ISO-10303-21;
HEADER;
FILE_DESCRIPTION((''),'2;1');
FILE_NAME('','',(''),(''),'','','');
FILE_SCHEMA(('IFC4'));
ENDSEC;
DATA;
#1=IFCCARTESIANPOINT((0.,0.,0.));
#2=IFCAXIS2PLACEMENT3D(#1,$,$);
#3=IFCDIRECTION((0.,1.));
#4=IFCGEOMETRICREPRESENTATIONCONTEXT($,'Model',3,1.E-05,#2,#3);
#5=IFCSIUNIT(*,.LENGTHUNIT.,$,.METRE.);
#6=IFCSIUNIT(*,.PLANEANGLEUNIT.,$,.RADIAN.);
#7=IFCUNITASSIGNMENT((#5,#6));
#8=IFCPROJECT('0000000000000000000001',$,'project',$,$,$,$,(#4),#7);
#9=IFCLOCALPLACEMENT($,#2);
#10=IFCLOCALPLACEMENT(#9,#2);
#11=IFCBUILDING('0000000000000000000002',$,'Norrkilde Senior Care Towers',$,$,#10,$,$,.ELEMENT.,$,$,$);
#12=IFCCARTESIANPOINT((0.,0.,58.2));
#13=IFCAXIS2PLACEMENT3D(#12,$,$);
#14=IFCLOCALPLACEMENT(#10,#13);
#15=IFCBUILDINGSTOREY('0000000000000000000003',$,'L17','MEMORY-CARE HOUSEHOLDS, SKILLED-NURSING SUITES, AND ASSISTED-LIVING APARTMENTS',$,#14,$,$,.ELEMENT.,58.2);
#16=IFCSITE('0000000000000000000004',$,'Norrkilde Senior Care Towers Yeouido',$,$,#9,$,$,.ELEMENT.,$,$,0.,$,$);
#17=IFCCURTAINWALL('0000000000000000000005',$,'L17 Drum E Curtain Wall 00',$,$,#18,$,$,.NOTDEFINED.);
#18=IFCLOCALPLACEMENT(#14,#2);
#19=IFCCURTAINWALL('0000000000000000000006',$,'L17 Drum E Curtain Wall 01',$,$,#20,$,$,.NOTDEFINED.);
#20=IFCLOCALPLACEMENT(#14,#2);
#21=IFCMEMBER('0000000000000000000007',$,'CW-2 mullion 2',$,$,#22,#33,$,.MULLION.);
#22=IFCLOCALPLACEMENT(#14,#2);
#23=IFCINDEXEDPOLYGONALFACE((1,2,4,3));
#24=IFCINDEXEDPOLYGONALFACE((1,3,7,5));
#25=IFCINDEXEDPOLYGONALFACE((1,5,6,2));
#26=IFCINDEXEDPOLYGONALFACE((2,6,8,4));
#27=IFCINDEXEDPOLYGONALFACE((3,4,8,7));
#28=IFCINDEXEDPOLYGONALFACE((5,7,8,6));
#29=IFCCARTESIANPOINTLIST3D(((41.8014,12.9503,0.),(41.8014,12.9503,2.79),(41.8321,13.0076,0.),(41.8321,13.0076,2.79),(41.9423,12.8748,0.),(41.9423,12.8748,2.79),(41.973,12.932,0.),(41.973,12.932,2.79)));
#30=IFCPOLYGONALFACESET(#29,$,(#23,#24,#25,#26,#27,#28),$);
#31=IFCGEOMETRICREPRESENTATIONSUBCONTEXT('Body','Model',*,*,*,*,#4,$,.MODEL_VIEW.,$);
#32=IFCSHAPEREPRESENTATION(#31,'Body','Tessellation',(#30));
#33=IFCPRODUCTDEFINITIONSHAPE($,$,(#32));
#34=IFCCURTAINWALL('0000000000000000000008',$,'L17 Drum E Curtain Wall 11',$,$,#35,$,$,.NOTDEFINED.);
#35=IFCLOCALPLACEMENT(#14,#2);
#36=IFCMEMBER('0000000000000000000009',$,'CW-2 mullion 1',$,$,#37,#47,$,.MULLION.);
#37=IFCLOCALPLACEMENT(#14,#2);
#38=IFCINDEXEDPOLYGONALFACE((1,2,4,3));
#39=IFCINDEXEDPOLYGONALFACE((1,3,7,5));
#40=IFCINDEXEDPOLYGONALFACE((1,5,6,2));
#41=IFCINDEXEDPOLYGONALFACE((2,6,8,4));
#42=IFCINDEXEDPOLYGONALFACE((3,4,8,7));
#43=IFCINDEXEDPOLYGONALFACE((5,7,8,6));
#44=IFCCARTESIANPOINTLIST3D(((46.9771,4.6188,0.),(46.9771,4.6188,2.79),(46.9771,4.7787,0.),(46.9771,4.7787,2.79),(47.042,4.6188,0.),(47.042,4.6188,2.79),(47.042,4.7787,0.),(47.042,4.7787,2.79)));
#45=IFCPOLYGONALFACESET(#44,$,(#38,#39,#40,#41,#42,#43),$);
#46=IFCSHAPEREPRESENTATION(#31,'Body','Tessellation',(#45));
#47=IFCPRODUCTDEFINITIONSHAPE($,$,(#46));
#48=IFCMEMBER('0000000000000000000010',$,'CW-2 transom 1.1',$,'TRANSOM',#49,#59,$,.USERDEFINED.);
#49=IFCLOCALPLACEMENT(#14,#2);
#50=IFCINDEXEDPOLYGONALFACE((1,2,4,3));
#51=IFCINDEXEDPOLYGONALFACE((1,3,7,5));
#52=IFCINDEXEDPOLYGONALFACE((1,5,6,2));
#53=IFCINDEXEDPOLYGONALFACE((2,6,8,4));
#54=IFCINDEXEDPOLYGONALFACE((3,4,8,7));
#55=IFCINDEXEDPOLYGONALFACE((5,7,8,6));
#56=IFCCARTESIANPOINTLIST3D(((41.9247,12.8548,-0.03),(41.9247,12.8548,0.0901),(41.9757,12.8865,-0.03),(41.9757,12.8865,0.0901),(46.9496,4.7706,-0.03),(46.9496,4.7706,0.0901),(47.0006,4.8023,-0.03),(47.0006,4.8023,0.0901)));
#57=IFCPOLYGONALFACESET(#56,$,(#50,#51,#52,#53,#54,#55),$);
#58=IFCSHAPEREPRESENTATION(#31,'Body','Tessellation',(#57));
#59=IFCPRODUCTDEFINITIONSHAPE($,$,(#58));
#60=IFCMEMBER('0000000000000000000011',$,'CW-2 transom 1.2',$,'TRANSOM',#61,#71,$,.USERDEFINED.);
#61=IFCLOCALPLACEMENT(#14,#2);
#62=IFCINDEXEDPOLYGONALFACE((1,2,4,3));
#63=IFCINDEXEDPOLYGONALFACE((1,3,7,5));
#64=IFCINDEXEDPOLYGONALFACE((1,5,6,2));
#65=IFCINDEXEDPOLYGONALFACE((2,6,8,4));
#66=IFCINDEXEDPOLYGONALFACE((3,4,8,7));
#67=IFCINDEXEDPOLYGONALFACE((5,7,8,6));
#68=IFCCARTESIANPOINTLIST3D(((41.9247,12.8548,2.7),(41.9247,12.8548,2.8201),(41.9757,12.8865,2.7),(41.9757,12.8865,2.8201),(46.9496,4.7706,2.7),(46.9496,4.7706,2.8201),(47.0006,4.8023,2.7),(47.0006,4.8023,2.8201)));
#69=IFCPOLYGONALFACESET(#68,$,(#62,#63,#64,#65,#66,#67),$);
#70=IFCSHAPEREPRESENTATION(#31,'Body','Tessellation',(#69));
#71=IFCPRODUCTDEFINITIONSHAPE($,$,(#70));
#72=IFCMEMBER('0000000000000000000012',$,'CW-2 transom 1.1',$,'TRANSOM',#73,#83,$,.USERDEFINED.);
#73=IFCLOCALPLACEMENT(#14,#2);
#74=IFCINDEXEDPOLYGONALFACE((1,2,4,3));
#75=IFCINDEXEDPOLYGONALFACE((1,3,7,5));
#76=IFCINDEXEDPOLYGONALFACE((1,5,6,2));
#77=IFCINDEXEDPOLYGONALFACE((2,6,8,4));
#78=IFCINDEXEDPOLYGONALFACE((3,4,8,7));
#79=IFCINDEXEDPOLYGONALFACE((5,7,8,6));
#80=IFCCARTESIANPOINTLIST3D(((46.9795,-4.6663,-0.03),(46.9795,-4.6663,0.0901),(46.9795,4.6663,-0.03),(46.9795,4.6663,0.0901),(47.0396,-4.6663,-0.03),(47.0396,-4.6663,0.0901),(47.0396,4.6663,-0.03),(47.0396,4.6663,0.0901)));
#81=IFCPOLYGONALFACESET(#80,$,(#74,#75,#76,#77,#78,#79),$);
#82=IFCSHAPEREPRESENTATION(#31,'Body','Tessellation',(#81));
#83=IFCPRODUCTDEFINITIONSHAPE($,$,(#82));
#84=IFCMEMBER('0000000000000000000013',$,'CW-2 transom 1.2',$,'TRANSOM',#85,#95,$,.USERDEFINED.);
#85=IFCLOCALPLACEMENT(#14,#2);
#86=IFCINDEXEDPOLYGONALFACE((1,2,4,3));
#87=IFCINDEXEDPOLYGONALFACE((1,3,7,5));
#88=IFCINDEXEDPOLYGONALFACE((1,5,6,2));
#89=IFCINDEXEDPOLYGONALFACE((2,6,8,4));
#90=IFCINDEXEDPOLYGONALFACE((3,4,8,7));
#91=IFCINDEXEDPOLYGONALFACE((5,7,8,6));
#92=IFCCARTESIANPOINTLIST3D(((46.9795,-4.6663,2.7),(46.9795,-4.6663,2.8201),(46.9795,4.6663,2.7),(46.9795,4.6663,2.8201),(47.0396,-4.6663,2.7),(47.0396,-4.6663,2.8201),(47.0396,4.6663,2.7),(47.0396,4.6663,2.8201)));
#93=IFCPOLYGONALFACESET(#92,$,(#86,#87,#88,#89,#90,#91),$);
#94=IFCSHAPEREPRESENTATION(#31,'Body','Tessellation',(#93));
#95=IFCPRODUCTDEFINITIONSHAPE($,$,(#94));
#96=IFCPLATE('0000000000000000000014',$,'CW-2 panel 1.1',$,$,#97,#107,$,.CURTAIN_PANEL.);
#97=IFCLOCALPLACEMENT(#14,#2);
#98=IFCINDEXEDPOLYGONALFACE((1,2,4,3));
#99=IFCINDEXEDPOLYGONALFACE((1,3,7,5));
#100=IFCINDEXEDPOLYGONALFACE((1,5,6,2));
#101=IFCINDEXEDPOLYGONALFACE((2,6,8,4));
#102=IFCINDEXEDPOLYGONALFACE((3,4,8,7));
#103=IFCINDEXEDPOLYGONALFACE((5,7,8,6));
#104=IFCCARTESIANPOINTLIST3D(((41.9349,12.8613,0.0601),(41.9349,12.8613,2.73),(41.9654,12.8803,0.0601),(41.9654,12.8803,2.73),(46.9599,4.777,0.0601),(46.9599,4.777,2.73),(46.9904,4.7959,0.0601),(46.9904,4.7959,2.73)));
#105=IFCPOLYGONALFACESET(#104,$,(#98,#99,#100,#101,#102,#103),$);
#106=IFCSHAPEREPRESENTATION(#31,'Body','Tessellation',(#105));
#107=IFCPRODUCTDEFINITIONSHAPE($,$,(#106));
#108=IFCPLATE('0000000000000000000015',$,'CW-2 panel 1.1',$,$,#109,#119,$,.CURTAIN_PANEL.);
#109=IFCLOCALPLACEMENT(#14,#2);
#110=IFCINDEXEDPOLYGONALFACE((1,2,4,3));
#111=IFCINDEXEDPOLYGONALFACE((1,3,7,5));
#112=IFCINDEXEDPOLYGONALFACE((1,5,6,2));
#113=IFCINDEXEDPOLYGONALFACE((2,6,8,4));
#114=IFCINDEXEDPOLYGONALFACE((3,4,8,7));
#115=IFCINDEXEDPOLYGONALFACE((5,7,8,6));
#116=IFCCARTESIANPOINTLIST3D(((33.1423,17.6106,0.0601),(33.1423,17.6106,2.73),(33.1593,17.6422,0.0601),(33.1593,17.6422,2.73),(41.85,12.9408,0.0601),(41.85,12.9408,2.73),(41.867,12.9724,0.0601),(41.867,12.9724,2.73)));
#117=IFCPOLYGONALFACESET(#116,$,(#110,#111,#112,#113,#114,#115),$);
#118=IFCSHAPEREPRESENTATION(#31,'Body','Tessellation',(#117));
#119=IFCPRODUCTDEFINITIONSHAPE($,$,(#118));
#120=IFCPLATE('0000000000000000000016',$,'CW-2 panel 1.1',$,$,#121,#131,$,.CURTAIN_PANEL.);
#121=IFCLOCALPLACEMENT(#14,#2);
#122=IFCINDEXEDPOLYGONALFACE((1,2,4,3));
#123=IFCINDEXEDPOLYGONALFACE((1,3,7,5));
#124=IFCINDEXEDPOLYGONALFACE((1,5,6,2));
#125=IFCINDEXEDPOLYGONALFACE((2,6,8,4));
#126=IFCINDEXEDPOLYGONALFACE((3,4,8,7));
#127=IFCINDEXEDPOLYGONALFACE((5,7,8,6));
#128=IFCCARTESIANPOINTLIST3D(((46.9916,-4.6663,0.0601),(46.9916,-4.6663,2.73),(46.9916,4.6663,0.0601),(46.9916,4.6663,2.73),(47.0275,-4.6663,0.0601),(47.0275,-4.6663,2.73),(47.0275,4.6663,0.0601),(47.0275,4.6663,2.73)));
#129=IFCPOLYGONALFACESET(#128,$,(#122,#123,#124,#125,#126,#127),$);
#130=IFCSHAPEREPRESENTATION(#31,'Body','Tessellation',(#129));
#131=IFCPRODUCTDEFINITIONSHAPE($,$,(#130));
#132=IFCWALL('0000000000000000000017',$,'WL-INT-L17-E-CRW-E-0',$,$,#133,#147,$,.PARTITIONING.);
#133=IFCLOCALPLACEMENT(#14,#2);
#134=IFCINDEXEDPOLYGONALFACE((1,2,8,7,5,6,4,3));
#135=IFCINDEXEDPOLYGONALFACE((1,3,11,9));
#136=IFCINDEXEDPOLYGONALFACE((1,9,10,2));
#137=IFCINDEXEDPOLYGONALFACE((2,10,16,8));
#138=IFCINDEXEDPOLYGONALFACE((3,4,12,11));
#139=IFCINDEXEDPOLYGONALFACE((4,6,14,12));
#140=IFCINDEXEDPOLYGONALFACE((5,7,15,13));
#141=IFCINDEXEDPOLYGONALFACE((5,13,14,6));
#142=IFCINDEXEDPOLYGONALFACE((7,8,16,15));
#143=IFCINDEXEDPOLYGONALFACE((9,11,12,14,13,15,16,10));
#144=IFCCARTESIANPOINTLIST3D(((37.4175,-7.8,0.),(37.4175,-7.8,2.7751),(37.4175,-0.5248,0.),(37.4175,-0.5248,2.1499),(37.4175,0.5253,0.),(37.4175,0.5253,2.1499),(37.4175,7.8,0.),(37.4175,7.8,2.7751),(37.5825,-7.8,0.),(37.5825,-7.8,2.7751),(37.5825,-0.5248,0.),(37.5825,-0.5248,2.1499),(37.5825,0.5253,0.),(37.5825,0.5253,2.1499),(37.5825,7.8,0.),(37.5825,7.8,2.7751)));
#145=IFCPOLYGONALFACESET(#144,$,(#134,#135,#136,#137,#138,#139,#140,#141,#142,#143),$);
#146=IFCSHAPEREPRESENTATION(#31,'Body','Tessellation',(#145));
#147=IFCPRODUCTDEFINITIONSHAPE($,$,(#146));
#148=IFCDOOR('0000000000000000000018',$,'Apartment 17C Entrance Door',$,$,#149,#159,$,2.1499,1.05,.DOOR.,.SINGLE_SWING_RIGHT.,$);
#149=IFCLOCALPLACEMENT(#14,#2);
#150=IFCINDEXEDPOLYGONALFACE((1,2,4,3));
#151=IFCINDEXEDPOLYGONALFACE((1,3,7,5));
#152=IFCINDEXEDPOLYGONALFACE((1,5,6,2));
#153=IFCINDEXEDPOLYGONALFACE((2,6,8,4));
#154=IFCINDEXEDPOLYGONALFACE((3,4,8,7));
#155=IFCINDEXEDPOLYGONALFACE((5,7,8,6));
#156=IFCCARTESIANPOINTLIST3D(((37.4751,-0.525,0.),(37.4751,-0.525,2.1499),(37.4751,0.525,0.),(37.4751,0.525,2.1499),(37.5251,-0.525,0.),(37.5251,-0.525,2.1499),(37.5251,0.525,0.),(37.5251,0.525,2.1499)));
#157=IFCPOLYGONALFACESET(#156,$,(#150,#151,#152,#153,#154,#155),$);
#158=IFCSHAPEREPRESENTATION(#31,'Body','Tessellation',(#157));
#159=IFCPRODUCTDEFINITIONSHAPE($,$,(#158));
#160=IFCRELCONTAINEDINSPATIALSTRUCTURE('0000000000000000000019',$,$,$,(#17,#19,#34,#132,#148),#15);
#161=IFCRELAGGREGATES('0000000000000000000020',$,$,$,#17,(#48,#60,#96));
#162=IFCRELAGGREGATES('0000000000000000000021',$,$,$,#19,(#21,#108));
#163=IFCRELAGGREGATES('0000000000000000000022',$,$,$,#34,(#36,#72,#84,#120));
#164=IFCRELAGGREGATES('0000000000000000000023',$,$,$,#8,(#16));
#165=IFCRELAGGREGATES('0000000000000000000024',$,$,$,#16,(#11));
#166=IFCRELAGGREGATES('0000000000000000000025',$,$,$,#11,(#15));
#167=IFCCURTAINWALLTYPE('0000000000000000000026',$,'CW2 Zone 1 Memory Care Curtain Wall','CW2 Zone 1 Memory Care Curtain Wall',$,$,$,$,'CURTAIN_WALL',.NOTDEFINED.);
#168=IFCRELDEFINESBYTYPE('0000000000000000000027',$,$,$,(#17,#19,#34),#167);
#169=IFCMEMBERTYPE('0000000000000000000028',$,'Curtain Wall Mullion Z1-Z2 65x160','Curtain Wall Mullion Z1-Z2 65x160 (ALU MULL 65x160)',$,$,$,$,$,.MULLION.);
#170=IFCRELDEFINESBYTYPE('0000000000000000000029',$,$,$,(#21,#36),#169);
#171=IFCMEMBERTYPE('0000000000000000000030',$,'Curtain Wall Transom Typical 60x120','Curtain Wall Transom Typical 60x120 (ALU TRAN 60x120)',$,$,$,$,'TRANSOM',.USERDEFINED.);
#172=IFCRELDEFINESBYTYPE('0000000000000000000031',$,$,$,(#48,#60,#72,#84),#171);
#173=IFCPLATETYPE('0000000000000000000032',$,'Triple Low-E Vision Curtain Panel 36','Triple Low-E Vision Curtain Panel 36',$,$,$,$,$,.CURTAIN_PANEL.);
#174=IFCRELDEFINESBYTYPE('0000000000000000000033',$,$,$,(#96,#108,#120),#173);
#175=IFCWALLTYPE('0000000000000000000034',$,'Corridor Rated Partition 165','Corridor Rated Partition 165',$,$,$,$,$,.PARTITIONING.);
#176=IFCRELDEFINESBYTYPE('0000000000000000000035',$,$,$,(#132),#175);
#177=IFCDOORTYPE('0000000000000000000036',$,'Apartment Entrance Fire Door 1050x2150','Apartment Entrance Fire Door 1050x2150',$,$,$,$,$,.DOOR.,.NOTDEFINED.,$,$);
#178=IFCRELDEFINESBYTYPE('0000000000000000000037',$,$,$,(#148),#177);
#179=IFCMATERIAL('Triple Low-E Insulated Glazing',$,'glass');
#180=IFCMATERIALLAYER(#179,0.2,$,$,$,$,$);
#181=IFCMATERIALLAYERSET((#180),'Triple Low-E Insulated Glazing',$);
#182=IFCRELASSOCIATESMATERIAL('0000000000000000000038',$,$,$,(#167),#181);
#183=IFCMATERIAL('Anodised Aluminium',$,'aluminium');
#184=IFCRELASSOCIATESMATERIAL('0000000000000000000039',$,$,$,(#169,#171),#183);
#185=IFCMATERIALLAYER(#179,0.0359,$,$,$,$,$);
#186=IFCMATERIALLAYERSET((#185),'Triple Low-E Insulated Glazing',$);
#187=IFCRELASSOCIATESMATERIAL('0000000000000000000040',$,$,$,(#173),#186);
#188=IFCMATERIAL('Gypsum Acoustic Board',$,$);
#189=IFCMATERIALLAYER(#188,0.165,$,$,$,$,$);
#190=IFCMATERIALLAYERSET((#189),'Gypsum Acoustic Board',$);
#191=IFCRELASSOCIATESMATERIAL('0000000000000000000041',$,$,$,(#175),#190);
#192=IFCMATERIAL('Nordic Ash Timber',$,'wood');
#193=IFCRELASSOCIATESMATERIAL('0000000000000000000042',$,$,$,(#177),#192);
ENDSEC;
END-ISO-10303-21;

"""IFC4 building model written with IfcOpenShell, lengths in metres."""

from ifc_helpers import new_model, si_unit, direction, frame, frame_2d, origin, origin_2d, place, context, subcontext, project, spatial, rectangle, extrude, source, transform, mapped, material, layer, layer_set, material_profile, profile_set, type_object, type_shapes, element, fill, aggregate, save


model = new_model("IFC4")

# Units and contexts
model_context = context("Model", 3, precision=1e-05, world=origin(), true_north=direction((0.0, 1.0)))
body_context = subcontext(model_context, "Body", "Model", "MODEL_VIEW")
ifc_project = project(units=[si_unit("LENGTHUNIT", "METRE"), si_unit("PLANEANGLEUNIT", "RADIAN")], contexts=[model_context])

# Site, building, storey
site_placement = place(None, origin())
site = spatial("IfcSite", under=ifc_project, at=site_placement, Name="Norrkilde Senior Care Towers Yeouido", CompositionType="ELEMENT", RefElevation=0.0)
building_placement = place(site_placement, origin())
building = spatial("IfcBuilding", under=site, at=building_placement, Name="Norrkilde Senior Care Towers", CompositionType="ELEMENT")
storey_placement = place(building_placement, frame((0.0, 0.0, 58.2)))
storey = spatial("IfcBuildingStorey", under=building, at=storey_placement, Name="L17", Description="MEMORY-CARE HOUSEHOLDS, SKILLED-NURSING SUITES, AND ASSISTED-LIVING APARTMENTS", CompositionType="ELEMENT", Elevation=58.2)

# Curtain wall
ifc_material_1 = material(Name="Triple Low-E Insulated Glazing", Category="glass")
ifc_layer_1 = layer(ifc_material_1, 0.2)
ifc_layer_set_1 = layer_set([ifc_layer_1], Name="Triple Low-E Insulated Glazing")
curtain_wall_type = type_object("IfcCurtainWallType", Name="CW2 Zone 1 Memory Care Curtain Wall", Description="CW2 Zone 1 Memory Care Curtain Wall", ElementType="CURTAIN_WALL", PredefinedType="NOTDEFINED", material=ifc_layer_set_1)
curtain_wall_1_placement = place(storey_placement, origin())
curtain_wall_1 = element("IfcCurtainWall", 1, at=curtain_wall_1_placement, inside=storey, type_object=curtain_wall_type, Name="L17 Drum E Curtain Wall 00", PredefinedType="NOTDEFINED")
ifc_material_2 = material(Name="Anodised Aluminium", Category="aluminium")
ifc_material_profile_1 = material_profile(ifc_material_2, rectangle(XDim=0.0649, YDim=0.1599, at=origin_2d()), Name="ALU MULL 65x160")
ifc_profile_set_1 = profile_set([ifc_material_profile_1], Name="Anodised Aluminium")
member_type_1 = type_object("IfcMemberType", Name="Curtain Wall Mullion Z1-Z2 65x160", Description="Curtain Wall Mullion Z1-Z2 65x160 (ALU MULL 65x160)", PredefinedType="MULLION", material=ifc_profile_set_1)
shared_shape_1 = source(origin(), body_context, "Body", "SweptSolid", [
    extrude(rectangle(XDim=0.0649, YDim=0.1599, at=origin_2d()), origin(), (0.0, 0.0, 1.0), 2.79),
])
type_shapes(member_type_1, [shared_shape_1])

# Curtain walls, members
curtain_wall_2_placement = place(storey_placement, origin())
curtain_wall_2 = element("IfcCurtainWall", 2, at=curtain_wall_2_placement, inside=storey, type_object=curtain_wall_type, Name="L17 Drum E Curtain Wall 01", PredefinedType="NOTDEFINED")
member_1_placement = place(storey_placement, frame((41.8872, 12.9412, 0.0), z_axis=(0.0, 0.0, 1.0), x_axis=(0.472608, 0.881273, 0.0)))
member_1 = element("IfcMember", 3, at=member_1_placement, type_object=member_type_1, Name="CW-2 mullion 2", PredefinedType="MULLION", context=body_context, shape_type="MappedRepresentation", body=[
    mapped(shared_shape_1, transform((0.0, 0.0, 0.0), x_axis=(1.0, 0.0, 0.0), y_axis=(0.0, 1.0, 0.0), z_axis=(0.0, 0.0, 1.0), scale=1.0)),
])
curtain_wall_3_placement = place(storey_placement, origin())
curtain_wall_3 = element("IfcCurtainWall", 4, at=curtain_wall_3_placement, inside=storey, type_object=curtain_wall_type, Name="L17 Drum E Curtain Wall 11", PredefinedType="NOTDEFINED")
member_2_placement = place(storey_placement, frame((47.0095, 4.6987, 0.0), z_axis=(0.0, 0.0, 1.0), x_axis=(1.0, 0.0, 0.0)))
member_2 = element("IfcMember", 5, at=member_2_placement, type_object=member_type_1, Name="CW-2 mullion 1", PredefinedType="MULLION", context=body_context, shape_type="MappedRepresentation", body=[
    mapped(shared_shape_1, transform((0.0, 0.0, 0.0), x_axis=(1.0, 0.0, 0.0), y_axis=(0.0, 1.0, 0.0), z_axis=(0.0, 0.0, 1.0), scale=1.0)),
])

# Members
ifc_material_profile_2 = material_profile(ifc_material_2, rectangle(XDim=0.0601, YDim=0.1201, at=origin_2d()), Name="ALU TRAN 60x120")
ifc_profile_set_2 = profile_set([ifc_material_profile_2], Name="Anodised Aluminium")
member_type_2 = type_object("IfcMemberType", Name="Curtain Wall Transom Typical 60x120", Description="Curtain Wall Transom Typical 60x120 (ALU TRAN 60x120)", ElementType="TRANSOM", PredefinedType="USERDEFINED", material=ifc_profile_set_2)
shared_shape_2 = source(origin(), body_context, "Body", "SweptSolid", [
    extrude(rectangle(XDim=0.0601, YDim=0.1201, at=origin_2d()), origin(), (0.0, 0.0, 1.0), 9.5186),
])
member_3_placement = place(storey_placement, frame((41.9502, 12.8706, 0.03), z_axis=(0.527902, -0.849306, 0.0), x_axis=(0.849306, 0.527902, 0.0)))
member_3 = element("IfcMember", 6, at=member_3_placement, type_object=member_type_2, Name="CW-2 transom 1.1", ObjectType="TRANSOM", PredefinedType="USERDEFINED", context=body_context, shape_type="MappedRepresentation", body=[
    mapped(shared_shape_2, transform((0.0, 0.0, 0.0), x_axis=(1.0, 0.0, 0.0), y_axis=(0.0, 1.0, 0.0), z_axis=(0.0, 0.0, 1.0), scale=1.0)),
])
member_4_placement = place(storey_placement, frame((41.9502, 12.8706, 2.76), z_axis=(0.527902, -0.849306, 0.0), x_axis=(0.849306, 0.527902, 0.0)))
member_4 = element("IfcMember", 7, at=member_4_placement, type_object=member_type_2, Name="CW-2 transom 1.2", ObjectType="TRANSOM", PredefinedType="USERDEFINED", context=body_context, shape_type="MappedRepresentation", body=[
    mapped(shared_shape_2, transform((0.0, 0.0, 0.0), x_axis=(1.0, 0.0, 0.0), y_axis=(0.0, 1.0, 0.0), z_axis=(0.0, 0.0, 1.0), scale=1.0)),
])
shared_shape_3 = source(origin(), body_context, "Body", "SweptSolid", [
    extrude(rectangle(XDim=0.0601, YDim=0.1201, at=origin_2d()), origin(), (0.0, 0.0, 1.0), 9.3325),
])
type_shapes(member_type_2, [shared_shape_2, shared_shape_3])
member_5_placement = place(storey_placement, frame((47.0095, 4.6663, 0.03), z_axis=(0.0, -1.0, 0.0), x_axis=(1.0, 0.0, 0.0)))
member_5 = element("IfcMember", 8, at=member_5_placement, type_object=member_type_2, Name="CW-2 transom 1.1", ObjectType="TRANSOM", PredefinedType="USERDEFINED", context=body_context, shape_type="MappedRepresentation", body=[
    mapped(shared_shape_3, transform((0.0, 0.0, 0.0), x_axis=(1.0, 0.0, 0.0), y_axis=(0.0, 1.0, 0.0), z_axis=(0.0, 0.0, 1.0), scale=1.0)),
])
member_6_placement = place(storey_placement, frame((47.0095, 4.6663, 2.76), z_axis=(0.0, -1.0, 0.0), x_axis=(1.0, 0.0, 0.0)))
member_6 = element("IfcMember", 9, at=member_6_placement, type_object=member_type_2, Name="CW-2 transom 1.2", ObjectType="TRANSOM", PredefinedType="USERDEFINED", context=body_context, shape_type="MappedRepresentation", body=[
    mapped(shared_shape_3, transform((0.0, 0.0, 0.0), x_axis=(1.0, 0.0, 0.0), y_axis=(0.0, 1.0, 0.0), z_axis=(0.0, 0.0, 1.0), scale=1.0)),
])

# Plates
ifc_layer_2 = layer(ifc_material_1, 0.0359)
ifc_layer_set_2 = layer_set([ifc_layer_2], Name="Triple Low-E Insulated Glazing")
plate_type = type_object("IfcPlateType", Name="Triple Low-E Vision Curtain Panel 36", Description="Triple Low-E Vision Curtain Panel 36", PredefinedType="CURTAIN_PANEL", material=ifc_layer_set_2)
shared_shape_4 = source(origin(), body_context, "Body", "SweptSolid", [
    extrude(rectangle(XDim=9.5188, YDim=0.0359, at=origin_2d()), origin(), (0.0, 0.0, 1.0), 2.6699),
])
plate_1_placement = place(storey_placement, frame((44.4626, 8.8286, 0.0601), z_axis=(0.0, 0.0, 1.0), x_axis=(0.527901, -0.849306, 0.0)))
plate_1 = element("IfcPlate", 10, at=plate_1_placement, type_object=plate_type, Name="CW-2 panel 1.1", PredefinedType="CURTAIN_PANEL", context=body_context, shape_type="MappedRepresentation", body=[
    mapped(shared_shape_4, transform((0.0, 0.0, 0.0), x_axis=(1.0, 0.0, 0.0), y_axis=(0.0, 1.0, 0.0), z_axis=(0.0, 0.0, 1.0), scale=1.0)),
])
aggregate(curtain_wall_1, [member_3, member_4, plate_1])
shared_shape_5 = source(origin(), body_context, "Body", "SweptSolid", [
    extrude(rectangle(XDim=9.8809, YDim=0.0359, at=origin_2d()), origin(), (0.0, 0.0, 1.0), 2.6699),
])
plate_2_placement = place(storey_placement, frame((37.5046, 15.2915, 0.0601), z_axis=(0.0, 0.0, 1.0), x_axis=(0.881273, -0.472608, 0.0)))
plate_2 = element("IfcPlate", 11, at=plate_2_placement, type_object=plate_type, Name="CW-2 panel 1.1", PredefinedType="CURTAIN_PANEL", context=body_context, shape_type="MappedRepresentation", body=[
    mapped(shared_shape_5, transform((0.0, 0.0, 0.0), x_axis=(1.0, 0.0, 0.0), y_axis=(0.0, 1.0, 0.0), z_axis=(0.0, 0.0, 1.0), scale=1.0)),
])
aggregate(curtain_wall_2, [member_1, plate_2])
shared_shape_6 = source(origin(), body_context, "Body", "SweptSolid", [
    extrude(rectangle(XDim=9.3325, YDim=0.0359, at=origin_2d()), origin(), (0.0, 0.0, 1.0), 2.6699),
])
type_shapes(plate_type, [shared_shape_4, shared_shape_5, shared_shape_6])
plate_3_placement = place(storey_placement, frame((47.0095, 0.0, 0.0601), z_axis=(0.0, 0.0, 1.0), x_axis=(0.0, -1.0, 0.0)))
plate_3 = element("IfcPlate", 12, at=plate_3_placement, type_object=plate_type, Name="CW-2 panel 1.1", PredefinedType="CURTAIN_PANEL", context=body_context, shape_type="MappedRepresentation", body=[
    mapped(shared_shape_6, transform((0.0, 0.0, 0.0), x_axis=(1.0, 0.0, 0.0), y_axis=(0.0, 1.0, 0.0), z_axis=(0.0, 0.0, 1.0), scale=1.0)),
])
aggregate(curtain_wall_3, [member_2, member_5, member_6, plate_3])

# Wall, opening, door
ifc_material_3 = material(Name="Gypsum Acoustic Board")
ifc_layer_3 = layer(ifc_material_3, 0.165)
ifc_layer_set_3 = layer_set([ifc_layer_3], Name="Gypsum Acoustic Board")
wall_type_1 = type_object("IfcWallType", Name="Corridor Rated Partition 165", Description="Corridor Rated Partition 165", PredefinedType="PARTITIONING", material=ifc_layer_set_3)
shared_shape_7 = source(origin(), body_context, "Body", "SweptSolid", [
    extrude(rectangle(XDim=15.6001, YDim=0.165, at=frame_2d((7.8, 0.0))), origin(), (0.0, 0.0, 1.0), 2.7751),
])
type_shapes(wall_type_1, [shared_shape_7])
wall_1_placement = place(storey_placement, frame((37.5, 7.8, 0.0), z_axis=(0.0, 0.0, 1.0), x_axis=(0.0, -1.0, 0.0)))
wall_1 = element("IfcWall", 13, at=wall_1_placement, inside=storey, type_object=wall_type_1, Name="WL-INT-L17-E-CRW-E-0", PredefinedType="PARTITIONING", context=body_context, shape_type="MappedRepresentation", body=[
    mapped(shared_shape_7, transform((0.0, 0.0, 0.0), x_axis=(1.0, 0.0, 0.0), y_axis=(0.0, 1.0, 0.0), z_axis=(0.0, 0.0, 1.0), scale=1.0)),
])
opening_1_placement = place(wall_1_placement, frame((7.2749, 0.0, 0.0)))
opening_1 = element("IfcOpeningElement", 14, at=opening_1_placement, cuts=wall_1, PredefinedType="OPENING", context=body_context, shape_type="SweptSolid", body=[
    extrude(rectangle(XDim=1.05, YDim=2.1499, at=frame_2d((0.5249, 1.075))), frame((0.0, 0.0925, 0.0), z_axis=(0.0, -1.0, 0.0), x_axis=(1.0, 0.0, 0.0)), (0.0, 0.0, 1.0), 0.1851),
])
ifc_material_4 = material(Name="Nordic Ash Timber", Category="wood")
door_type_1 = type_object("IfcDoorType", Name="Apartment Entrance Fire Door 1050x2150", Description="Apartment Entrance Fire Door 1050x2150", OperationType="NOTDEFINED", PredefinedType="DOOR", material=ifc_material_4)
shared_shape_8 = source(origin(), body_context, "Body", "SweptSolid", [
    extrude(rectangle(XDim=1.05, YDim=2.1499, at=frame_2d((0.5249, 1.075))), frame((0.0, 0.0249, 0.0), z_axis=(0.0, -1.0, 0.0), x_axis=(1.0, 0.0, 0.0)), (0.0, 0.0, 1.0), 0.05),
])
type_shapes(door_type_1, [shared_shape_8])
door_1_placement = place(opening_1_placement, frame((1.05, 0.0, 0.0), z_axis=(0.0, 0.0, 1.0), x_axis=(-1.0, 0.0, 0.0)))
door_1 = element("IfcDoor", 15, at=door_1_placement, inside=storey, type_object=door_type_1, Name="Apartment 17C Entrance Door", OperationType="SINGLE_SWING_RIGHT", OverallHeight=2.1499, OverallWidth=1.05, PredefinedType="DOOR", context=body_context, shape_type="MappedRepresentation", body=[
    mapped(shared_shape_8, transform((0.0, 0.0, 0.0), x_axis=(1.0, 0.0, 0.0), y_axis=(0.0, 1.0, 0.0), z_axis=(0.0, 0.0, 1.0), scale=1.0)),
])
fill(opening_1, door_1)

save(model, "model.ifc")
